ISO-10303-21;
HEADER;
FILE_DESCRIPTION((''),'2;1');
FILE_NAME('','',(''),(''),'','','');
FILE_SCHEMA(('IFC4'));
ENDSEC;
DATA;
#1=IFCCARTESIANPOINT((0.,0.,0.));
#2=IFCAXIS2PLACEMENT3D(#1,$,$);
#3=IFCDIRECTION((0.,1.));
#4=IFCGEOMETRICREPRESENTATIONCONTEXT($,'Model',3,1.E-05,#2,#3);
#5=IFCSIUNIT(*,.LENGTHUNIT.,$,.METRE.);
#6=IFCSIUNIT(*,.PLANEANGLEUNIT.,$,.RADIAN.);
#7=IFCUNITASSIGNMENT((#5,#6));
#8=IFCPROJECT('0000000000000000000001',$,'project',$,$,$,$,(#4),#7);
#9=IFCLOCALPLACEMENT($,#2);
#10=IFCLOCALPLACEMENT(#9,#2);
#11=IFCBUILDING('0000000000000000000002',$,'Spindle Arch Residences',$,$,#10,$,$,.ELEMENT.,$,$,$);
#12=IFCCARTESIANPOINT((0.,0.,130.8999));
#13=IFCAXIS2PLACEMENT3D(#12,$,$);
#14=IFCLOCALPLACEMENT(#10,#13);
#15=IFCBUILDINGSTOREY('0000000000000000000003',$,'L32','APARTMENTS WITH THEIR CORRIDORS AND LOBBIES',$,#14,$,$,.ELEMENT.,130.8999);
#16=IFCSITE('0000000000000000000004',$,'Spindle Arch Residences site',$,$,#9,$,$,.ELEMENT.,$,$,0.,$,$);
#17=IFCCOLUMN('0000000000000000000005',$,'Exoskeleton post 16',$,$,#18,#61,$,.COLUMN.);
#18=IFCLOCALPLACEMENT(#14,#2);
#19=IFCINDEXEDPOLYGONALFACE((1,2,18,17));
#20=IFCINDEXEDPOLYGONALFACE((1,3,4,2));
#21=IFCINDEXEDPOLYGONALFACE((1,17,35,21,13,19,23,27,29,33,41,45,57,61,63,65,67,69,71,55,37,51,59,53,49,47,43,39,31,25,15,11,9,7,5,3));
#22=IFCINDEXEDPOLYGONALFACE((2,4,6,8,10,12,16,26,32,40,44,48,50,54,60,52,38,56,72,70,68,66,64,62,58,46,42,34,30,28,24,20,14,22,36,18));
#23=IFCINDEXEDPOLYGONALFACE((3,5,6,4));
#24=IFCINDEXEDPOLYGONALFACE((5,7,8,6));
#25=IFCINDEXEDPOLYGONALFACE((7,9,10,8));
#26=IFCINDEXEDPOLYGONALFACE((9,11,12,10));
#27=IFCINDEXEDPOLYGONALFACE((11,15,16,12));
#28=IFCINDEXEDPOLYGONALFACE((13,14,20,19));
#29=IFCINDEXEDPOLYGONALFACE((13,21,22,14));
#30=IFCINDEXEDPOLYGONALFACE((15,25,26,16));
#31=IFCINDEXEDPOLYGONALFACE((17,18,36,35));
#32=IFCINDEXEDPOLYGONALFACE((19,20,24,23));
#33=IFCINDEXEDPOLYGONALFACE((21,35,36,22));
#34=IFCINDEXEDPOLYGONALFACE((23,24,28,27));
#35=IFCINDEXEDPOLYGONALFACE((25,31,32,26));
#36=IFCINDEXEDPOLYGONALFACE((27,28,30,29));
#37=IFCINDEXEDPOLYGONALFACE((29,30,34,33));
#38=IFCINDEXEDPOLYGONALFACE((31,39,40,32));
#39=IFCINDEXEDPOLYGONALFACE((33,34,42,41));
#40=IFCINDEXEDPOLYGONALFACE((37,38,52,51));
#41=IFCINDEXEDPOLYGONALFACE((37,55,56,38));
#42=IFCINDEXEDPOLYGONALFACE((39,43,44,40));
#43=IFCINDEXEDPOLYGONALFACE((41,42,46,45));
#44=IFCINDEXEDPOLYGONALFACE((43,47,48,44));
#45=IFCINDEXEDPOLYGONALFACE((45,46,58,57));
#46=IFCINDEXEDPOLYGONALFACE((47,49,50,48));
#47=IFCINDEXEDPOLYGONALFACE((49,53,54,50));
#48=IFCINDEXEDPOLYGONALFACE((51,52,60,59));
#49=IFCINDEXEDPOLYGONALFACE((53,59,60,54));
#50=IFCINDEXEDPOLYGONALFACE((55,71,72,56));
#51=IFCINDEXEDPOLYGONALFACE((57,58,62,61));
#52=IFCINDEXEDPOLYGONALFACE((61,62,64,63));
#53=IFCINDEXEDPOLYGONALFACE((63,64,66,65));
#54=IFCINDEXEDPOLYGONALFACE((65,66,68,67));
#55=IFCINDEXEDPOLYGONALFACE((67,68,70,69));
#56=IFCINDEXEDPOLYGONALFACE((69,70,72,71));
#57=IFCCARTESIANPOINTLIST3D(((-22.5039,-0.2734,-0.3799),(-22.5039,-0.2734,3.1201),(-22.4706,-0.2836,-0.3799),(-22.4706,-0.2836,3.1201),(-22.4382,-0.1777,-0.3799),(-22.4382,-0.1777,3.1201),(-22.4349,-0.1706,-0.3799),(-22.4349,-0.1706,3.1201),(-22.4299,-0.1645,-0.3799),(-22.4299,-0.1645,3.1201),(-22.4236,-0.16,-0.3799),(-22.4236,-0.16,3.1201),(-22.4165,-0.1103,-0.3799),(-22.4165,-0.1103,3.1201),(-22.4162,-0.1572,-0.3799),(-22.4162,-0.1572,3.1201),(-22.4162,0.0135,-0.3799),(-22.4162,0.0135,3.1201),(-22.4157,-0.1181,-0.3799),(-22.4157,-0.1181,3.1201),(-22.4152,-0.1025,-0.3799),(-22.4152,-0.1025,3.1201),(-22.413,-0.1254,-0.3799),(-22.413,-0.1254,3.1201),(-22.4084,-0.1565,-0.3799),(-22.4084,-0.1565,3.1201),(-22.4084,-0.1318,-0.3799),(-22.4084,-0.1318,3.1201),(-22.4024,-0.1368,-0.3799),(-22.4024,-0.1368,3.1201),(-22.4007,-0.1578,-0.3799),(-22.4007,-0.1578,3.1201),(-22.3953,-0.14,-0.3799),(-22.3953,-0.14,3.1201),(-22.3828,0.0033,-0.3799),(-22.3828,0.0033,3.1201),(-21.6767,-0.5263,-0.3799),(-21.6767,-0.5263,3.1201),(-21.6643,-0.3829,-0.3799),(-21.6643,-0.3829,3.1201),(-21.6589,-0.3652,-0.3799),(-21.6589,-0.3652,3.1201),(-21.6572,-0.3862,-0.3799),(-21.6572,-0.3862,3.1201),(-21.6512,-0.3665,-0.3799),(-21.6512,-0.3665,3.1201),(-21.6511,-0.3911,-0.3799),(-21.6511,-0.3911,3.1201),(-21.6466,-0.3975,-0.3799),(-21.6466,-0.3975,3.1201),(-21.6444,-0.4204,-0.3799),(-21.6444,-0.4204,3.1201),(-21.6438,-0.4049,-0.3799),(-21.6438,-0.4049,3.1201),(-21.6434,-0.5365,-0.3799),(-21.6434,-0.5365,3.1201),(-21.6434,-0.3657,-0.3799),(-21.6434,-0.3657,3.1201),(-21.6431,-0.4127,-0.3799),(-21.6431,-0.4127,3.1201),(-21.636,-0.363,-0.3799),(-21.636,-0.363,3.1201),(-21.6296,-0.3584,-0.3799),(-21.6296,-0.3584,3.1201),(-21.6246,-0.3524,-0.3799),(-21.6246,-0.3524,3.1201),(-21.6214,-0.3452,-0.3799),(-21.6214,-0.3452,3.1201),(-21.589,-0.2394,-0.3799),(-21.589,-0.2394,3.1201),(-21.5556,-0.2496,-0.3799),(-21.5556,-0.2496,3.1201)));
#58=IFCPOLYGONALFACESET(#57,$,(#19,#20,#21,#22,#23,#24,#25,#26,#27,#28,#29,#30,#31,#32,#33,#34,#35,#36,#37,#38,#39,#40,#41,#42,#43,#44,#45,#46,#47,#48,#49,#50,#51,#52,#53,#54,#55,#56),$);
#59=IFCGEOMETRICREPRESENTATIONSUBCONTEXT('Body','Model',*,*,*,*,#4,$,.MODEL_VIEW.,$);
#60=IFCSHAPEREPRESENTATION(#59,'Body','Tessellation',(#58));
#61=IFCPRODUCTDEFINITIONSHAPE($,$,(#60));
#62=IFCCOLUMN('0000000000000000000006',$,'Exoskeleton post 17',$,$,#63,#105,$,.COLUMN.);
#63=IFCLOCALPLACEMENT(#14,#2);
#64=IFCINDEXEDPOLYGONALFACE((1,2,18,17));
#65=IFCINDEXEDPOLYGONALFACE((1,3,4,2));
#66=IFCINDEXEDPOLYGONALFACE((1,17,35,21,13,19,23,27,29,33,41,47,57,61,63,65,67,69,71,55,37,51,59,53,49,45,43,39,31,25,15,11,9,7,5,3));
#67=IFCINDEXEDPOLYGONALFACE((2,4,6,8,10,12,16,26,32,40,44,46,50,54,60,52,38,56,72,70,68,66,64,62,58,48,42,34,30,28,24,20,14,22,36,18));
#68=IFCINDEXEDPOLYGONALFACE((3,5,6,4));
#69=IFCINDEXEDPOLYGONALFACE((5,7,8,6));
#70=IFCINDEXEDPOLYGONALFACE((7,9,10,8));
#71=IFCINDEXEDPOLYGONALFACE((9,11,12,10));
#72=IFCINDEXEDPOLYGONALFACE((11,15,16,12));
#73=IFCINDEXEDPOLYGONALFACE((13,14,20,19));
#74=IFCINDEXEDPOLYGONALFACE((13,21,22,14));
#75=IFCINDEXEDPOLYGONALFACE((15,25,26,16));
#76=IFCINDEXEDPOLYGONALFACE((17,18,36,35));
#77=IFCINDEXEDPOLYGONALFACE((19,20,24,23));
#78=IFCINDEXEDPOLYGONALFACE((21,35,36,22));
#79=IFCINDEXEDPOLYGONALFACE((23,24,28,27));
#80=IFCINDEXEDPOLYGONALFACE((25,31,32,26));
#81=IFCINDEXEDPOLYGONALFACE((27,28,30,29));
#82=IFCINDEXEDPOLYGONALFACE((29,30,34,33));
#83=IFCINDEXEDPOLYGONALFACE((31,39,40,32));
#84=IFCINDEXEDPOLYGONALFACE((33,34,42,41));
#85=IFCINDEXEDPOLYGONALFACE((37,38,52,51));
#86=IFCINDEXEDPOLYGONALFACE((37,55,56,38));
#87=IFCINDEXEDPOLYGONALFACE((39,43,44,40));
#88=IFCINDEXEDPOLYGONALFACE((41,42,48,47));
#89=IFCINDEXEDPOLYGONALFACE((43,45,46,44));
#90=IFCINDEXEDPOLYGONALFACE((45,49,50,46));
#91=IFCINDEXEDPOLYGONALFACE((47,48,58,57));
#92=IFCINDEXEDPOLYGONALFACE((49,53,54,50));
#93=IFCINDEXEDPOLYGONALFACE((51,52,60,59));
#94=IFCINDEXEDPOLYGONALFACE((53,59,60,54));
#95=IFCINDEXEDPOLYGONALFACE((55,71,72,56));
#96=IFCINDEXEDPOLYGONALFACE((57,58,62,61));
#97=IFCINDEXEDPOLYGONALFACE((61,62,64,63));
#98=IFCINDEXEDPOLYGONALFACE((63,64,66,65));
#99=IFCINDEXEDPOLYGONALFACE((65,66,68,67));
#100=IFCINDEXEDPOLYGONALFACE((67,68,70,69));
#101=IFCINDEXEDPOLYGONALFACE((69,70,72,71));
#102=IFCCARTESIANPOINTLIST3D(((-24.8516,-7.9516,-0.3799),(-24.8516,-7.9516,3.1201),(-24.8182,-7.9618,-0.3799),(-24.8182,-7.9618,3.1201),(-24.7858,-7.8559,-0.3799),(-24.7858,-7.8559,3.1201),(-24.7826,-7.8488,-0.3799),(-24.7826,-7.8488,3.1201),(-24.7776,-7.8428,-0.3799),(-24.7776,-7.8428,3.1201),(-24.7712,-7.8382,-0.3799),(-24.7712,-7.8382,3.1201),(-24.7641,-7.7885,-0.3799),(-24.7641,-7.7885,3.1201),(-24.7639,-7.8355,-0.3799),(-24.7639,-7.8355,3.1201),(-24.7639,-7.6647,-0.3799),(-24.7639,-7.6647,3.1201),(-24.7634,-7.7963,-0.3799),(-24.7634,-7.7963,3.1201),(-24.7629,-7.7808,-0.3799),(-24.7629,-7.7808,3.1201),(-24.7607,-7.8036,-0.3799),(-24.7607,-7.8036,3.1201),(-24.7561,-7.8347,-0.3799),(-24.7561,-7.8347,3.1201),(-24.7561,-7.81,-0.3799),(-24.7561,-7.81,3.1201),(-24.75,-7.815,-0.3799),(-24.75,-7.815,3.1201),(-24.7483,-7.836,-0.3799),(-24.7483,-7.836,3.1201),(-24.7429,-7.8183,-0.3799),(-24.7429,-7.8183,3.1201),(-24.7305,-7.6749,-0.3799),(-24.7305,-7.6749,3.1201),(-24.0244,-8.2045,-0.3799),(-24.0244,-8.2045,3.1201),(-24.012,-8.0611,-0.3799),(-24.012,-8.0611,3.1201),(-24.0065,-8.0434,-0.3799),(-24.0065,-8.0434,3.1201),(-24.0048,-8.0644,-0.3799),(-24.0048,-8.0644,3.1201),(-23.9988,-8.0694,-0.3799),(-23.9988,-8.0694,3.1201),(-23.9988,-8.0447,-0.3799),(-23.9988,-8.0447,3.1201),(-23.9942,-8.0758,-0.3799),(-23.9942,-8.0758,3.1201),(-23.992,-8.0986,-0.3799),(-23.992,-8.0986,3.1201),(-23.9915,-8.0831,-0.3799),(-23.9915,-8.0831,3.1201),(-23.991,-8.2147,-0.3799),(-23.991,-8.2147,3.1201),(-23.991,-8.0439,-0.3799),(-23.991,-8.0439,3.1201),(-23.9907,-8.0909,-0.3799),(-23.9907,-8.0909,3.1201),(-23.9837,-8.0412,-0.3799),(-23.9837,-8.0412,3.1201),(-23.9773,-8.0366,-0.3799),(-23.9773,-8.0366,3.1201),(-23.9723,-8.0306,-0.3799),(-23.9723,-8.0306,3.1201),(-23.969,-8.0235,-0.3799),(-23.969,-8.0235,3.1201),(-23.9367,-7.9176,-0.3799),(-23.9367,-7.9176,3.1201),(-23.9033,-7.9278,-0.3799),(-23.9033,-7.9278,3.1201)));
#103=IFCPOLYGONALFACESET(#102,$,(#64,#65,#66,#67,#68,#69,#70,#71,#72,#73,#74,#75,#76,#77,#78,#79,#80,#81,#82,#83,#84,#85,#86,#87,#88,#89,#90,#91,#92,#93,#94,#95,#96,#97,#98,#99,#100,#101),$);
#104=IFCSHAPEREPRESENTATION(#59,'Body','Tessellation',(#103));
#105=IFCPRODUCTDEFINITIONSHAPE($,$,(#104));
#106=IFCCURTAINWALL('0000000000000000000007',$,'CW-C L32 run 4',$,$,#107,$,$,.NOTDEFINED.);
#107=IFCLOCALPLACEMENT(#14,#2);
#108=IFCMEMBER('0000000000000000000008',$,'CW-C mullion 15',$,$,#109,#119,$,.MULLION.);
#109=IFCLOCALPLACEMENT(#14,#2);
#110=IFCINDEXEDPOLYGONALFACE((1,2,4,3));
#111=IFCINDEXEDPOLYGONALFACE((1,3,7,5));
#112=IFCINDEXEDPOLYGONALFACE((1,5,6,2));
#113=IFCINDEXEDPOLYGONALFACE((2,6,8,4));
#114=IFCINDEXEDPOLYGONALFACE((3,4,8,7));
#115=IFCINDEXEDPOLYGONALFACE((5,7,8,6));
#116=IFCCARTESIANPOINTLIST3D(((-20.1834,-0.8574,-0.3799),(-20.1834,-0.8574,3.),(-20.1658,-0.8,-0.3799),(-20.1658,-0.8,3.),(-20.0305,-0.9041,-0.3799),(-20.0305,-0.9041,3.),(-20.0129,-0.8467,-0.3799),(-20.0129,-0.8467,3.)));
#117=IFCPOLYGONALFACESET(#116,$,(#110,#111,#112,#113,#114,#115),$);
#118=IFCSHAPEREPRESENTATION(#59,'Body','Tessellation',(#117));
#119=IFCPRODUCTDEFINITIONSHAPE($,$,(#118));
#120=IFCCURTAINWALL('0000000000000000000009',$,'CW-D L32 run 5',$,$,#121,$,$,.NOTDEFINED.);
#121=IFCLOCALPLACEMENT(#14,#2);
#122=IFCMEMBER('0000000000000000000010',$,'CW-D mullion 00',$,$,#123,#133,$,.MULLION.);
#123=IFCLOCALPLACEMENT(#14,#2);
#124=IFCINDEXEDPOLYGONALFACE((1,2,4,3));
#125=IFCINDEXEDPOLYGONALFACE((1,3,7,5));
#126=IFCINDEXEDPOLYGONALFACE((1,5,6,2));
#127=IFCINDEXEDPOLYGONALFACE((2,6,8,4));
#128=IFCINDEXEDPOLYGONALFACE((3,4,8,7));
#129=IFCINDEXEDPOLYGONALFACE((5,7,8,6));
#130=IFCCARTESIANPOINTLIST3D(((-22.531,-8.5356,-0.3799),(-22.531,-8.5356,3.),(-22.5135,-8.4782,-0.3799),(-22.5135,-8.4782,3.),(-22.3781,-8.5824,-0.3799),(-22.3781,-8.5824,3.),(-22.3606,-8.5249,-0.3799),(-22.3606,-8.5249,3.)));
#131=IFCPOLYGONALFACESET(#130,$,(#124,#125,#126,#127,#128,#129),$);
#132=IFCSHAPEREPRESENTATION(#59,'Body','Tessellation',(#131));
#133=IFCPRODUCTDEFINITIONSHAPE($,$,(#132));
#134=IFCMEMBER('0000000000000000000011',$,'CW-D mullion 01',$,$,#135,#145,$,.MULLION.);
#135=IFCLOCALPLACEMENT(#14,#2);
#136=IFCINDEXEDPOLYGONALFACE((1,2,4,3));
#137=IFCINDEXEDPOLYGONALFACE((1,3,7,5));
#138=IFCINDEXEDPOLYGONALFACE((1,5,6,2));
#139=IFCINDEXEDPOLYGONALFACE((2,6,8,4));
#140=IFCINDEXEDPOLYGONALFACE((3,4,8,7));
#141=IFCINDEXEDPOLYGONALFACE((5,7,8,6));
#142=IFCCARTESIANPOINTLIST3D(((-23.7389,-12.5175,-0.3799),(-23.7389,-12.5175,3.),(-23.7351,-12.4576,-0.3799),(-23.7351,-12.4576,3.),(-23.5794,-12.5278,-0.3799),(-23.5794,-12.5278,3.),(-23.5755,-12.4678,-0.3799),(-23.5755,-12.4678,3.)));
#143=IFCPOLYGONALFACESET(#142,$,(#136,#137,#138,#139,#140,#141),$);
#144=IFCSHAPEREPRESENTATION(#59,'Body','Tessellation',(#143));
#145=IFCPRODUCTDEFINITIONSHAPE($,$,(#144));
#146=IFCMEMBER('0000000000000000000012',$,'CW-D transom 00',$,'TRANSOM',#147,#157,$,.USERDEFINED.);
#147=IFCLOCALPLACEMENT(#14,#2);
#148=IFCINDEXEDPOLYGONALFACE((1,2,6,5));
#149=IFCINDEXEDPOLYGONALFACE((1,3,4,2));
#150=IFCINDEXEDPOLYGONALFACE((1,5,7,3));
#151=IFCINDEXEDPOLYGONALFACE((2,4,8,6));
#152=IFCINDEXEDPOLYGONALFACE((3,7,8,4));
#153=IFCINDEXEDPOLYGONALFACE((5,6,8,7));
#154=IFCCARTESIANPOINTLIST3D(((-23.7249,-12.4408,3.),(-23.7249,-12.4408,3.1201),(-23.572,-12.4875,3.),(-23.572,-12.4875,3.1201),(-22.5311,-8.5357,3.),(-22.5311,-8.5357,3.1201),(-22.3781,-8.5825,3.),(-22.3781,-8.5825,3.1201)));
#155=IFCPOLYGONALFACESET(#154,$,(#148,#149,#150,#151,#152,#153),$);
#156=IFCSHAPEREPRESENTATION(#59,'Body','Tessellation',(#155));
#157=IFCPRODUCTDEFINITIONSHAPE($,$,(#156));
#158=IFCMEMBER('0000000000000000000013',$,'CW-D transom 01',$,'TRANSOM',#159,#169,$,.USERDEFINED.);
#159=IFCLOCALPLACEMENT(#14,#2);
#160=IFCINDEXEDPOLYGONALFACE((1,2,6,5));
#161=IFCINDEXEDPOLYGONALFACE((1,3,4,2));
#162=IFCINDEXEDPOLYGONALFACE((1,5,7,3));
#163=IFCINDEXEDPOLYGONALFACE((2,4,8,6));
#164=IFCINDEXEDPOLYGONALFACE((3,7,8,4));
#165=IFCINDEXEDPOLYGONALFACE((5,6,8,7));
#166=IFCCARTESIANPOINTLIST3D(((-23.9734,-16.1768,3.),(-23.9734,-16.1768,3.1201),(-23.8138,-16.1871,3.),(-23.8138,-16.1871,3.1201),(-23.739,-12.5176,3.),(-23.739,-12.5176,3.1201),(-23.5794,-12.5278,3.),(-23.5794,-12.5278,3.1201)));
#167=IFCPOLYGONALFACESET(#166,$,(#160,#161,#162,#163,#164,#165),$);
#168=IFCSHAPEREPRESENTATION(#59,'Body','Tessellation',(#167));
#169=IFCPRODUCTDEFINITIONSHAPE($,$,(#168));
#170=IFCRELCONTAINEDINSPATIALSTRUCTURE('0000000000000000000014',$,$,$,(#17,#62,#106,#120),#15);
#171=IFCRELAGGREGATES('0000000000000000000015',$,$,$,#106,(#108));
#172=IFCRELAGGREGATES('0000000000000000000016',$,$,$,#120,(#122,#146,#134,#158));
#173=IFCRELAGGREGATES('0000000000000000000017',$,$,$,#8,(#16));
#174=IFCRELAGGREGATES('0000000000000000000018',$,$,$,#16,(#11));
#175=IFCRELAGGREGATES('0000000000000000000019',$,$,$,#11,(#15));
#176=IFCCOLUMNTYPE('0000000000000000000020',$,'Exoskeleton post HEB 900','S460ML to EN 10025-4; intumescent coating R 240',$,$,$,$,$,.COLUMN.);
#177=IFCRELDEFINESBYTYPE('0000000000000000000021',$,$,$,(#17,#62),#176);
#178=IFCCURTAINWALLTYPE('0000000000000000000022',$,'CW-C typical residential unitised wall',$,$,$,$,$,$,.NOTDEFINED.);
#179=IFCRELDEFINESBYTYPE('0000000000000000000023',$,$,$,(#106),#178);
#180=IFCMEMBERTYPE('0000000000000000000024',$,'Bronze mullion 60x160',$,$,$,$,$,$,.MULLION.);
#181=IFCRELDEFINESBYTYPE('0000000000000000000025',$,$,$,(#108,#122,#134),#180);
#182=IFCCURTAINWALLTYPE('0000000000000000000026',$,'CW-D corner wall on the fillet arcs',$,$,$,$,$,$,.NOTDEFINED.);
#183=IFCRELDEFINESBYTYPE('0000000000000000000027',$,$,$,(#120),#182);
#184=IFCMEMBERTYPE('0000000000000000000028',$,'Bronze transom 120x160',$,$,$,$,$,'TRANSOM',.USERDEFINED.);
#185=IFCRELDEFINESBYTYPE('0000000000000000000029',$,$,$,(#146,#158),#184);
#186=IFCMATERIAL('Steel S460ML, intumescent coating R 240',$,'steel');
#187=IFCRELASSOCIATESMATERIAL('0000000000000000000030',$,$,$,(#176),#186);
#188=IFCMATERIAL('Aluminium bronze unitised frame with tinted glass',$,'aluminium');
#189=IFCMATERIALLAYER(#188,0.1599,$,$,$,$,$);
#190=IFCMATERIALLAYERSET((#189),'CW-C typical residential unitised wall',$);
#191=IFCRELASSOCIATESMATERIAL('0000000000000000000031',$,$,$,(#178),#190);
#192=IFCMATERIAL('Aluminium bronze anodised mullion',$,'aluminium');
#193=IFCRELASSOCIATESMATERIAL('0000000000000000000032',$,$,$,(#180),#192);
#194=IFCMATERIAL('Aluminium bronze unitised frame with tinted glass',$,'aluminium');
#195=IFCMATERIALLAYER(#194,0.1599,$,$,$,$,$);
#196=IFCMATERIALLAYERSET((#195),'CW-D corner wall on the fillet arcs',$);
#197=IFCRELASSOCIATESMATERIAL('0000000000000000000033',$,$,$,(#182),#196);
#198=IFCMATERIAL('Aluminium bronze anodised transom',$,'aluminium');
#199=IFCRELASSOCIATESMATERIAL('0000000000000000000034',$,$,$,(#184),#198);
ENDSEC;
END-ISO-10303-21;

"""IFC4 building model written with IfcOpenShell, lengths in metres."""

from ifc_helpers import new_model, si_unit, direction, frame, origin, origin_2d, place, context, subcontext, project, spatial, rectangle, i_section, extrude, material, layer, layer_set, material_profile, profile_set, type_object, element, aggregate, save


model = new_model("IFC4")

# Units and contexts
model_context = context("Model", 3, precision=1e-05, world=origin(), true_north=direction((0.0, 1.0)))
body_context = subcontext(model_context, "Body", "Model", "MODEL_VIEW")
ifc_project = project(units=[si_unit("LENGTHUNIT", "METRE"), si_unit("PLANEANGLEUNIT", "RADIAN")], contexts=[model_context])

# Site, building, storey
site_placement = place(None, origin())
site = spatial("IfcSite", under=ifc_project, at=site_placement, Name="Spindle Arch Residences site", CompositionType="ELEMENT", RefElevation=0.0)
building_placement = place(site_placement, origin())
building = spatial("IfcBuilding", under=site, at=building_placement, Name="Spindle Arch Residences", CompositionType="ELEMENT")
storey_placement = place(building_placement, frame((0.0, 0.0, 130.8999)))
storey = spatial("IfcBuildingStorey", under=building, at=storey_placement, Name="L32", Description="APARTMENTS WITH THEIR CORRIDORS AND LOBBIES", CompositionType="ELEMENT", Elevation=130.8999)

# Columns
ifc_material_1 = material(Name="Steel S460ML, intumescent coating R 240", Category="steel")
ifc_material_profile_1 = material_profile(ifc_material_1, i_section(OverallWidth=0.3, OverallDepth=0.8999, WebThickness=0.0186, FlangeThickness=0.0349, FilletRadius=0.03, at=origin_2d()), Name="HEB 900")
ifc_profile_set_1 = profile_set([ifc_material_profile_1], Name="Steel S460ML, intumescent coating R 240")
column_type = type_object("IfcColumnType", Name="Exoskeleton post HEB 900", Description="S460ML to EN 10025-4; intumescent coating R 240", PredefinedType="COLUMN", material=ifc_profile_set_1)
for number, where, z_axis, x_axis, name in (
    (1, (-22.0298, -0.2615, -0.3799), (0.0, 0.0, 1.0), (0.292372, 0.956305, 0.0), "Exoskeleton post 16"),
    (2, (-24.3774, -7.9397, -0.3799), (0.0, 0.0, 1.0), (0.292372, 0.956305, 0.0), "Exoskeleton post 17"),
):
    element("IfcColumn", number, at=place(storey_placement, frame(where, z_axis=z_axis, x_axis=x_axis)), inside=storey, type_object=column_type, Name=name, PredefinedType="COLUMN", context=body_context, shape_type="SweptSolid", body=[
        extrude(i_section(OverallWidth=0.3, OverallDepth=0.8999, WebThickness=0.0186, FlangeThickness=0.0349, FilletRadius=0.03, at=origin_2d()), origin(), (0.0, 0.0, 1.0), 3.5),
    ])

# Curtain wall, member
ifc_material_2 = material(Name="Aluminium bronze unitised frame with tinted glass", Category="aluminium")
ifc_layer_1 = layer(ifc_material_2, 0.1599)
ifc_layer_set_1 = layer_set([ifc_layer_1], Name="CW-C typical residential unitised wall")
curtain_wall_type_1 = type_object("IfcCurtainWallType", Name="CW-C typical residential unitised wall", PredefinedType="NOTDEFINED", material=ifc_layer_set_1)
curtain_wall_1_placement = place(storey_placement, origin())
curtain_wall_1 = element("IfcCurtainWall", 3, at=curtain_wall_1_placement, inside=storey, type_object=curtain_wall_type_1, Name="CW-C L32 run 4", PredefinedType="NOTDEFINED")
ifc_material_3 = material(Name="Aluminium bronze anodised mullion", Category="aluminium")
ifc_material_profile_2 = material_profile(ifc_material_3, rectangle(XDim=0.1599, YDim=0.0601, at=origin_2d()), Name="MU 60x160")
ifc_profile_set_2 = profile_set([ifc_material_profile_2], Name="Aluminium bronze anodised mullion")
member_type_1 = type_object("IfcMemberType", Name="Bronze mullion 60x160", PredefinedType="MULLION", material=ifc_profile_set_2)
member_1_placement = place(storey_placement, frame((-20.0981, -0.8521, -0.3799), z_axis=(0.0, 0.0, 1.0), x_axis=(0.956305, -0.292372, 0.0)))
member_1 = element("IfcMember", 4, at=member_1_placement, type_object=member_type_1, Name="CW-C mullion 15", PredefinedType="MULLION", context=body_context, shape_type="SweptSolid", body=[
    extrude(rectangle(XDim=0.1599, YDim=0.0601, at=origin_2d()), origin(), (0.0, 0.0, 1.0), 3.3799),
])

# Curtain wall, members
ifc_material_4 = material(Name="Aluminium bronze unitised frame with tinted glass", Category="aluminium")
ifc_layer_2 = layer(ifc_material_4, 0.1599)
ifc_layer_set_2 = layer_set([ifc_layer_2], Name="CW-D corner wall on the fillet arcs")
curtain_wall_type_2 = type_object("IfcCurtainWallType", Name="CW-D corner wall on the fillet arcs", PredefinedType="NOTDEFINED", material=ifc_layer_set_2)
curtain_wall_2_placement = place(storey_placement, origin())
curtain_wall_2 = element("IfcCurtainWall", 5, at=curtain_wall_2_placement, inside=storey, type_object=curtain_wall_type_2, Name="CW-D L32 run 5", PredefinedType="NOTDEFINED")
member_2_placement = place(storey_placement, frame((-22.4458, -8.5303, -0.3799), z_axis=(0.0, 0.0, 1.0), x_axis=(0.956305, -0.292372, 0.0)))
member_2 = element("IfcMember", 6, at=member_2_placement, type_object=member_type_1, Name="CW-D mullion 00", PredefinedType="MULLION", context=body_context, shape_type="SweptSolid", body=[
    extrude(rectangle(XDim=0.1599, YDim=0.0601, at=origin_2d()), origin(), (0.0, 0.0, 1.0), 3.3799),
])
member_3_placement = place(storey_placement, frame((-23.6572, -12.4927, -0.3799), z_axis=(0.0, 0.0, 1.0), x_axis=(0.997953, -0.063952, 0.0)))
member_3 = element("IfcMember", 7, at=member_3_placement, type_object=member_type_1, Name="CW-D mullion 01", PredefinedType="MULLION", context=body_context, shape_type="SweptSolid", body=[
    extrude(rectangle(XDim=0.1599, YDim=0.0601, at=origin_2d()), origin(), (0.0, 0.0, 1.0), 3.3799),
])
ifc_material_5 = material(Name="Aluminium bronze anodised transom", Category="aluminium")
ifc_material_profile_3 = material_profile(ifc_material_5, rectangle(XDim=0.1599, YDim=0.1201, at=origin_2d()), Name="TR 120x160")
ifc_profile_set_3 = profile_set([ifc_material_profile_3], Name="Aluminium bronze anodised transom")
member_type_2 = type_object("IfcMemberType", Name="Bronze transom 120x160", ElementType="TRANSOM", PredefinedType="USERDEFINED", material=ifc_profile_set_3)
member_4_placement = place(storey_placement, frame((-22.4546, -8.5591, 3.0601), z_axis=(-0.292363, -0.956307, 0.0), x_axis=(0.956307, -0.292363, 0.0)))
member_4 = element("IfcMember", 8, at=member_4_placement, type_object=member_type_2, Name="CW-D transom 00", ObjectType="TRANSOM", PredefinedType="USERDEFINED", context=body_context, shape_type="SweptSolid", body=[
    extrude(rectangle(XDim=0.1599, YDim=0.1201, at=origin_2d()), origin(), (0.0, 0.0, 1.0), 4.0835),
])
member_5_placement = place(storey_placement, frame((-23.6592, -12.5227, 3.0601), z_axis=(-0.06392, -0.997955, 0.0), x_axis=(0.997955, -0.06392, 0.0)))
member_5 = element("IfcMember", 9, at=member_5_placement, type_object=member_type_2, Name="CW-D transom 01", ObjectType="TRANSOM", PredefinedType="USERDEFINED", context=body_context, shape_type="SweptSolid", body=[
    extrude(rectangle(XDim=0.1599, YDim=0.1201, at=origin_2d()), origin(), (0.0, 0.0, 1.0), 3.6667),
])

aggregate(curtain_wall_1, [member_1])
aggregate(curtain_wall_2, [member_2, member_4, member_3, member_5])

save(model, "model.ifc")
